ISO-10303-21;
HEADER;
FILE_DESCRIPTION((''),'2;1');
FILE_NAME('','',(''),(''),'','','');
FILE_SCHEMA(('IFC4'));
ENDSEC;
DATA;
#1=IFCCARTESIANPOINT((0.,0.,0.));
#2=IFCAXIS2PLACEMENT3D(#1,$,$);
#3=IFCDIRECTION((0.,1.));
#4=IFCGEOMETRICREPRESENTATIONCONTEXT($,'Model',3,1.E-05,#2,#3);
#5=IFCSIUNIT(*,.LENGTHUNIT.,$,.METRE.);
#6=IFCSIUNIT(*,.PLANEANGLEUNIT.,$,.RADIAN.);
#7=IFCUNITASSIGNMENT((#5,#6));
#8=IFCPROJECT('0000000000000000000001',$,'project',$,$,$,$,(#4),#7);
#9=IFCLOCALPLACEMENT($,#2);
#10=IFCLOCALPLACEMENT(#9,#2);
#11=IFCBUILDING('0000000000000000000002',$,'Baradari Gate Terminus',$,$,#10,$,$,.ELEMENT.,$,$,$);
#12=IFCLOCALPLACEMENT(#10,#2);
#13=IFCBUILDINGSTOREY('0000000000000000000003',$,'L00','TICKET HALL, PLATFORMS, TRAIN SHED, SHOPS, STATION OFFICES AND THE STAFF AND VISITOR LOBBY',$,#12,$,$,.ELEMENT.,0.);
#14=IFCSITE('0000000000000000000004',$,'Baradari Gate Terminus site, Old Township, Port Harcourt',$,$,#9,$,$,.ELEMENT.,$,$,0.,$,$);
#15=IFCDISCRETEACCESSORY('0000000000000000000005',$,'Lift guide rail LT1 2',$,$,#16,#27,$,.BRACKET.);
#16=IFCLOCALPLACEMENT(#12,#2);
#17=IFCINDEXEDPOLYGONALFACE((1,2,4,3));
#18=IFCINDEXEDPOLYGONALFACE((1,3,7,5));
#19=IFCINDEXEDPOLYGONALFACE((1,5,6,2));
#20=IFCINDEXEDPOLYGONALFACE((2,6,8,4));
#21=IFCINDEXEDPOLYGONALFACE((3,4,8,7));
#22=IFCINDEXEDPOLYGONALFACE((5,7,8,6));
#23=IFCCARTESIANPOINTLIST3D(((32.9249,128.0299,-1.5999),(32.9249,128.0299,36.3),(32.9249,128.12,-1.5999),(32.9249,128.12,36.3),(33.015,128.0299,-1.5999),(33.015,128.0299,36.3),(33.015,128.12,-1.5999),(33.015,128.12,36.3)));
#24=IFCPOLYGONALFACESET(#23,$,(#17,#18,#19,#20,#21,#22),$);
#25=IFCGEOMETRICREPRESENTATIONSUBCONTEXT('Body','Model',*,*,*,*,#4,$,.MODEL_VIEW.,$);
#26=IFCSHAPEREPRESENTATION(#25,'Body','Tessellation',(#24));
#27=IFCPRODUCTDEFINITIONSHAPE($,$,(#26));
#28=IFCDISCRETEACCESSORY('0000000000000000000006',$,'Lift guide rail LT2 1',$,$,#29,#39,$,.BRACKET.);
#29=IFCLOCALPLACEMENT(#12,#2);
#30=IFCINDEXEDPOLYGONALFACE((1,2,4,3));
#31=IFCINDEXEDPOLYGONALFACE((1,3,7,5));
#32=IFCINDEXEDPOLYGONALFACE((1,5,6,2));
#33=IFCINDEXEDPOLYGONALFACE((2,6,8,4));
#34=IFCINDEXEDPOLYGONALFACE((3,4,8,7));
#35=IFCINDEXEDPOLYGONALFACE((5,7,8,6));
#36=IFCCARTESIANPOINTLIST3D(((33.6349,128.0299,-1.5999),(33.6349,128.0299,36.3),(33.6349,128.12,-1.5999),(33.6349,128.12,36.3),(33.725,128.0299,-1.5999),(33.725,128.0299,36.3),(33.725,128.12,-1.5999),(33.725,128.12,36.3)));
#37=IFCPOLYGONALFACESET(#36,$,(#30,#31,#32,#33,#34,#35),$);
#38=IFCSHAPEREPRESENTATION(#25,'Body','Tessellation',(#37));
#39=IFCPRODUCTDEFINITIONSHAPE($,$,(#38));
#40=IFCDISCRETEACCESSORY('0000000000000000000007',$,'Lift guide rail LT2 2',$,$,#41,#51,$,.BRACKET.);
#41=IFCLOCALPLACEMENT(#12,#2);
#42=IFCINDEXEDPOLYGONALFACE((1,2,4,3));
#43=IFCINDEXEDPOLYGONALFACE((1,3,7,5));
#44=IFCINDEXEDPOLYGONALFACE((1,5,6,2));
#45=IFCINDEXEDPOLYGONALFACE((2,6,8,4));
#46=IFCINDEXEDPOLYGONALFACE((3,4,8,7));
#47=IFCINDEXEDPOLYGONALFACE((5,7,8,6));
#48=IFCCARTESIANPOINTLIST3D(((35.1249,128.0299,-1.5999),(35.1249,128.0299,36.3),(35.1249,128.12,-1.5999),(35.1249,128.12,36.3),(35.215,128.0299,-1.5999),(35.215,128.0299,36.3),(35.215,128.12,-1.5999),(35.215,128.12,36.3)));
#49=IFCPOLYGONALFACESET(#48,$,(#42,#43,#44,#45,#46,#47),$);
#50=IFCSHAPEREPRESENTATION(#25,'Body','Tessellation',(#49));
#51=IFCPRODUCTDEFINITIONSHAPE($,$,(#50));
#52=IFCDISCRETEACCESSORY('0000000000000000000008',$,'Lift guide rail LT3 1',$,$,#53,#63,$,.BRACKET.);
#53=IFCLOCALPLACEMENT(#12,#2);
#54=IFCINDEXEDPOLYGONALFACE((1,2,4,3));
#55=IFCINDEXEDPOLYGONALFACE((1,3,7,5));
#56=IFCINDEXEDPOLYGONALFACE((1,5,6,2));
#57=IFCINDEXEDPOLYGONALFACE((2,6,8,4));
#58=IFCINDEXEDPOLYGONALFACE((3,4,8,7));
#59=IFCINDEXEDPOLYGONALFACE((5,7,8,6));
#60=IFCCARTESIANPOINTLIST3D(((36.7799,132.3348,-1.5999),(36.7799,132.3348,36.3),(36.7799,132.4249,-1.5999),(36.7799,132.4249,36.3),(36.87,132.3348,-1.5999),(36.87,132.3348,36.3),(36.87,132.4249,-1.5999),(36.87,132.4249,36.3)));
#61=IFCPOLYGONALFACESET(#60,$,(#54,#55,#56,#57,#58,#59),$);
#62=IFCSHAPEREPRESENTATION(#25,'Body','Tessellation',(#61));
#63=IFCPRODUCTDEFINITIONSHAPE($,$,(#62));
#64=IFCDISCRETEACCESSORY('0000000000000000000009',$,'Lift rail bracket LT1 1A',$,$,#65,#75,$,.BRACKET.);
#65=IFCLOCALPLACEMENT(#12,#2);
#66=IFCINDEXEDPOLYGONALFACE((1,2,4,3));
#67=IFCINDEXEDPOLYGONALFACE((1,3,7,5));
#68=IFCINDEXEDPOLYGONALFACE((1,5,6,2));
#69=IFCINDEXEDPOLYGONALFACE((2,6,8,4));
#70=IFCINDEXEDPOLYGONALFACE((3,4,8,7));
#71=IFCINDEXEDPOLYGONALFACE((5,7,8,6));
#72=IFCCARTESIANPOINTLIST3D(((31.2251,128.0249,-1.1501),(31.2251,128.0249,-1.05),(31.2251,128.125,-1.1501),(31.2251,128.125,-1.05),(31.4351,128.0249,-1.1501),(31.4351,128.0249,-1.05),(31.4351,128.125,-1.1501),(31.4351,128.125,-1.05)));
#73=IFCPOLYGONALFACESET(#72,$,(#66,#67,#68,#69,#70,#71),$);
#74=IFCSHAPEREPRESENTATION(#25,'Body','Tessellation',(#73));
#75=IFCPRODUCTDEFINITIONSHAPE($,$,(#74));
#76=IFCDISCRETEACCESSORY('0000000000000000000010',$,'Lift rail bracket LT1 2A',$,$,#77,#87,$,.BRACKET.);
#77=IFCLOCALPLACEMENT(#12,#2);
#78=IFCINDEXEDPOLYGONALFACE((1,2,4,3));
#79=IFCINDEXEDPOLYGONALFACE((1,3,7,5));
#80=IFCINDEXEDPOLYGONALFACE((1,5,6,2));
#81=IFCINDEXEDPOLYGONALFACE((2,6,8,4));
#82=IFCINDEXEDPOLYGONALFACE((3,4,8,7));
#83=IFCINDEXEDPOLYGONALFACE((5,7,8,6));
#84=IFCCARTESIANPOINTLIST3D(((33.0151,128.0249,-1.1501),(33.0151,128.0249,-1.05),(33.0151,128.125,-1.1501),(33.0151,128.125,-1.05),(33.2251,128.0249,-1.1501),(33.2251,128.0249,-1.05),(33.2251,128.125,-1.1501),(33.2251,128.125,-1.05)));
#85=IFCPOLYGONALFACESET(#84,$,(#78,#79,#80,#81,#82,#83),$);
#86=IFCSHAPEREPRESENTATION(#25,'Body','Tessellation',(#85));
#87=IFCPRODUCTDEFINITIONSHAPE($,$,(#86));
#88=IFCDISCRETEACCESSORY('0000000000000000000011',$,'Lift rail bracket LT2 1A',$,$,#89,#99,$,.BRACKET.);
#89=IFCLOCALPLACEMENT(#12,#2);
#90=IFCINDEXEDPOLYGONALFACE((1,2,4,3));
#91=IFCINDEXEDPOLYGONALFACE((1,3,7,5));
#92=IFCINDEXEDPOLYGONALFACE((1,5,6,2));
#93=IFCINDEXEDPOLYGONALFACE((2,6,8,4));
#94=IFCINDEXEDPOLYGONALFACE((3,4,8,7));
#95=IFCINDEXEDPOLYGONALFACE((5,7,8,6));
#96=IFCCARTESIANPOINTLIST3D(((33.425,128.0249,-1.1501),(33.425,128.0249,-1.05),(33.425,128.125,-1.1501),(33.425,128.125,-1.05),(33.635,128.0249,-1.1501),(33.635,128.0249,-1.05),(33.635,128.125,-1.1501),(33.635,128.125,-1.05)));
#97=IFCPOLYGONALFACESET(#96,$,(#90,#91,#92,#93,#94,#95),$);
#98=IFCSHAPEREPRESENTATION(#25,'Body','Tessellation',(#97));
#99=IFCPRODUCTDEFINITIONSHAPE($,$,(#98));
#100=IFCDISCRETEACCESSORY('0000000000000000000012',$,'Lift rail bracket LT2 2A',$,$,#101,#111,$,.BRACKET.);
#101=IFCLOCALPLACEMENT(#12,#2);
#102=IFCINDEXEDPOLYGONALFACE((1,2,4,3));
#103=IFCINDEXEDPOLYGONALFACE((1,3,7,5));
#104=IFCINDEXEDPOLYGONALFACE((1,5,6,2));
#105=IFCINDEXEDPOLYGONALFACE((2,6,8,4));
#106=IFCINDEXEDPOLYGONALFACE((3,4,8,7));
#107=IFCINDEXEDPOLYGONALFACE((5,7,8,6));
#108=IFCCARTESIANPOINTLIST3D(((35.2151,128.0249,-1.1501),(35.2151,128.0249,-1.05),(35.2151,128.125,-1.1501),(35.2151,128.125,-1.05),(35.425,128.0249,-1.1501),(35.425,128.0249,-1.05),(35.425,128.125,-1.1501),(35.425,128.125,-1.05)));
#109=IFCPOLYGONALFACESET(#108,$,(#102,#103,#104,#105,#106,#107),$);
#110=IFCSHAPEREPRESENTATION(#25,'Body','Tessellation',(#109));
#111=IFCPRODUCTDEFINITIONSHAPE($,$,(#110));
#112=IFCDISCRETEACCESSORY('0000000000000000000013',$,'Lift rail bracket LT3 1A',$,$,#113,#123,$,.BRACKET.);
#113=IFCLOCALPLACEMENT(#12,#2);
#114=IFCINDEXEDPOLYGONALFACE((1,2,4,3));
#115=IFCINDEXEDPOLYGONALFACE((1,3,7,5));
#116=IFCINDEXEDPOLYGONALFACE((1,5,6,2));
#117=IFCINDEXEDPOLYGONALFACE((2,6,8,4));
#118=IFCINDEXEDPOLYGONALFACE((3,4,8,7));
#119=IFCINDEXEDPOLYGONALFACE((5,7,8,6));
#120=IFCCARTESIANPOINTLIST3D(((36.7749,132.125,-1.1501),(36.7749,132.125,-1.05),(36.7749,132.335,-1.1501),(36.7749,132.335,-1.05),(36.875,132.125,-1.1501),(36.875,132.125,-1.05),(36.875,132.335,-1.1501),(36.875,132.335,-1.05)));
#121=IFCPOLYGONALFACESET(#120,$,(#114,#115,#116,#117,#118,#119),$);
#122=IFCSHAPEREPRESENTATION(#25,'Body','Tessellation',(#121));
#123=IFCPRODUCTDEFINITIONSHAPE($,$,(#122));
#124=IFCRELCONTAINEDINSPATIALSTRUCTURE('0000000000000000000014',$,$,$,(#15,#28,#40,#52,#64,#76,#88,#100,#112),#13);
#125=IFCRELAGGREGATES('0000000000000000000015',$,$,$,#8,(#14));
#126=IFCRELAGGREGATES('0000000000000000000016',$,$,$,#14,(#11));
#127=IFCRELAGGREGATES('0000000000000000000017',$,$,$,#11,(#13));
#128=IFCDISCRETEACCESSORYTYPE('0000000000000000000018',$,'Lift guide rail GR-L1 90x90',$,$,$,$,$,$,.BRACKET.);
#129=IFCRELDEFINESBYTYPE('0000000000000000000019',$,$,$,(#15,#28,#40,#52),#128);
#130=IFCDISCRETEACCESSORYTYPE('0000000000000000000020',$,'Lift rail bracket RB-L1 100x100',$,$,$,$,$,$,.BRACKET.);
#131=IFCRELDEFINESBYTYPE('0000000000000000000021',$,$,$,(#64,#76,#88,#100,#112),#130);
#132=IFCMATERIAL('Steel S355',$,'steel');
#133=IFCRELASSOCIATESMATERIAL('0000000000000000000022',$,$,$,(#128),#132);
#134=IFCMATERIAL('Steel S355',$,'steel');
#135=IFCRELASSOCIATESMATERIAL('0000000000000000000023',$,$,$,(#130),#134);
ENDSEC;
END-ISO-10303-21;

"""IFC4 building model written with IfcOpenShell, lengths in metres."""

from ifc_helpers import new_model, si_unit, direction, frame, origin, origin_2d, place, context, subcontext, project, spatial, rectangle, extrude, material, type_object, element, save


model = new_model("IFC4")

# Units and contexts
model_context = context("Model", 3, precision=1e-05, world=origin(), true_north=direction((0.0, 1.0)))
body_context = subcontext(model_context, "Body", "Model", "MODEL_VIEW")
ifc_project = project(units=[si_unit("LENGTHUNIT", "METRE"), si_unit("PLANEANGLEUNIT", "RADIAN")], contexts=[model_context])

# Site, building, storey
site_placement = place(None, origin())
site = spatial("IfcSite", under=ifc_project, at=site_placement, Name="Baradari Gate Terminus site, Old Township, Port Harcourt", CompositionType="ELEMENT", RefElevation=0.0)
building_placement = place(site_placement, origin())
building = spatial("IfcBuilding", under=site, at=building_placement, Name="Baradari Gate Terminus", CompositionType="ELEMENT")
storey_placement = place(building_placement, origin())
storey = spatial("IfcBuildingStorey", under=building, at=storey_placement, Name="L00", Description="TICKET HALL, PLATFORMS, TRAIN SHED, SHOPS, STATION OFFICES AND THE STAFF AND VISITOR LOBBY", CompositionType="ELEMENT", Elevation=0.0)

# Discrete accessories
ifc_material_1 = material(Name="Steel S355", Category="steel")
discrete_accessory_type_1 = type_object("IfcDiscreteAccessoryType", Name="Lift guide rail GR-L1 90x90", PredefinedType="BRACKET", material=ifc_material_1)
for number, where, z_axis, x_axis, name in (
    (1, (32.97, 128.075, -1.5999), (0.0, 0.0, 1.0), (1.0, 0.0, 0.0), "Lift guide rail LT1 2"),
    (2, (33.6799, 128.075, -1.5999), (0.0, 0.0, 1.0), (1.0, 0.0, 0.0), "Lift guide rail LT2 1"),
    (3, (35.1699, 128.075, -1.5999), (0.0, 0.0, 1.0), (1.0, 0.0, 0.0), "Lift guide rail LT2 2"),
    (4, (36.825, 132.3799, -1.5999), (0.0, 0.0, 1.0), (1.0, 0.0, 0.0), "Lift guide rail LT3 1"),
):
    element("IfcDiscreteAccessory", number, at=place(storey_placement, frame(where, z_axis=z_axis, x_axis=x_axis)), inside=storey, type_object=discrete_accessory_type_1, Name=name, PredefinedType="BRACKET", context=body_context, shape_type="SweptSolid", body=[
        extrude(rectangle(XDim=0.0901, YDim=0.0901, at=origin_2d()), origin(), (0.0, 0.0, 1.0), 37.8999),
    ])
ifc_material_2 = material(Name="Steel S355", Category="steel")
discrete_accessory_type_2 = type_object("IfcDiscreteAccessoryType", Name="Lift rail bracket RB-L1 100x100", PredefinedType="BRACKET", material=ifc_material_2)
for number, where, z_axis, x_axis, name in (
    (5, (31.3301, 128.075, -1.1501), (0.0, 0.0, 1.0), (1.0, 0.0, 0.0), "Lift rail bracket LT1 1A"),
    (6, (33.1201, 128.075, -1.1501), (0.0, 0.0, 1.0), (1.0, 0.0, 0.0), "Lift rail bracket LT1 2A"),
    (7, (33.53, 128.075, -1.1501), (0.0, 0.0, 1.0), (1.0, 0.0, 0.0), "Lift rail bracket LT2 1A"),
    (8, (35.3201, 128.075, -1.1501), (0.0, 0.0, 1.0), (1.0, 0.0, 0.0), "Lift rail bracket LT2 2A"),
):
    element("IfcDiscreteAccessory", number, at=place(storey_placement, frame(where, z_axis=z_axis, x_axis=x_axis)), inside=storey, type_object=discrete_accessory_type_2, Name=name, PredefinedType="BRACKET", context=body_context, shape_type="SweptSolid", body=[
        extrude(rectangle(XDim=0.21, YDim=0.1001, at=origin_2d()), origin(), (0.0, 0.0, 1.0), 0.1001),
    ])
discrete_accessory_placement = place(storey_placement, frame((36.825, 132.23, -1.1501), z_axis=(0.0, 0.0, 1.0), x_axis=(1.0, 0.0, 0.0)))
element("IfcDiscreteAccessory", 9, at=discrete_accessory_placement, inside=storey, type_object=discrete_accessory_type_2, Name="Lift rail bracket LT3 1A", PredefinedType="BRACKET", context=body_context, shape_type="SweptSolid", body=[
    extrude(rectangle(XDim=0.1001, YDim=0.21, at=origin_2d()), origin(), (0.0, 0.0, 1.0), 0.1001),
])

save(model, "model.ifc")
